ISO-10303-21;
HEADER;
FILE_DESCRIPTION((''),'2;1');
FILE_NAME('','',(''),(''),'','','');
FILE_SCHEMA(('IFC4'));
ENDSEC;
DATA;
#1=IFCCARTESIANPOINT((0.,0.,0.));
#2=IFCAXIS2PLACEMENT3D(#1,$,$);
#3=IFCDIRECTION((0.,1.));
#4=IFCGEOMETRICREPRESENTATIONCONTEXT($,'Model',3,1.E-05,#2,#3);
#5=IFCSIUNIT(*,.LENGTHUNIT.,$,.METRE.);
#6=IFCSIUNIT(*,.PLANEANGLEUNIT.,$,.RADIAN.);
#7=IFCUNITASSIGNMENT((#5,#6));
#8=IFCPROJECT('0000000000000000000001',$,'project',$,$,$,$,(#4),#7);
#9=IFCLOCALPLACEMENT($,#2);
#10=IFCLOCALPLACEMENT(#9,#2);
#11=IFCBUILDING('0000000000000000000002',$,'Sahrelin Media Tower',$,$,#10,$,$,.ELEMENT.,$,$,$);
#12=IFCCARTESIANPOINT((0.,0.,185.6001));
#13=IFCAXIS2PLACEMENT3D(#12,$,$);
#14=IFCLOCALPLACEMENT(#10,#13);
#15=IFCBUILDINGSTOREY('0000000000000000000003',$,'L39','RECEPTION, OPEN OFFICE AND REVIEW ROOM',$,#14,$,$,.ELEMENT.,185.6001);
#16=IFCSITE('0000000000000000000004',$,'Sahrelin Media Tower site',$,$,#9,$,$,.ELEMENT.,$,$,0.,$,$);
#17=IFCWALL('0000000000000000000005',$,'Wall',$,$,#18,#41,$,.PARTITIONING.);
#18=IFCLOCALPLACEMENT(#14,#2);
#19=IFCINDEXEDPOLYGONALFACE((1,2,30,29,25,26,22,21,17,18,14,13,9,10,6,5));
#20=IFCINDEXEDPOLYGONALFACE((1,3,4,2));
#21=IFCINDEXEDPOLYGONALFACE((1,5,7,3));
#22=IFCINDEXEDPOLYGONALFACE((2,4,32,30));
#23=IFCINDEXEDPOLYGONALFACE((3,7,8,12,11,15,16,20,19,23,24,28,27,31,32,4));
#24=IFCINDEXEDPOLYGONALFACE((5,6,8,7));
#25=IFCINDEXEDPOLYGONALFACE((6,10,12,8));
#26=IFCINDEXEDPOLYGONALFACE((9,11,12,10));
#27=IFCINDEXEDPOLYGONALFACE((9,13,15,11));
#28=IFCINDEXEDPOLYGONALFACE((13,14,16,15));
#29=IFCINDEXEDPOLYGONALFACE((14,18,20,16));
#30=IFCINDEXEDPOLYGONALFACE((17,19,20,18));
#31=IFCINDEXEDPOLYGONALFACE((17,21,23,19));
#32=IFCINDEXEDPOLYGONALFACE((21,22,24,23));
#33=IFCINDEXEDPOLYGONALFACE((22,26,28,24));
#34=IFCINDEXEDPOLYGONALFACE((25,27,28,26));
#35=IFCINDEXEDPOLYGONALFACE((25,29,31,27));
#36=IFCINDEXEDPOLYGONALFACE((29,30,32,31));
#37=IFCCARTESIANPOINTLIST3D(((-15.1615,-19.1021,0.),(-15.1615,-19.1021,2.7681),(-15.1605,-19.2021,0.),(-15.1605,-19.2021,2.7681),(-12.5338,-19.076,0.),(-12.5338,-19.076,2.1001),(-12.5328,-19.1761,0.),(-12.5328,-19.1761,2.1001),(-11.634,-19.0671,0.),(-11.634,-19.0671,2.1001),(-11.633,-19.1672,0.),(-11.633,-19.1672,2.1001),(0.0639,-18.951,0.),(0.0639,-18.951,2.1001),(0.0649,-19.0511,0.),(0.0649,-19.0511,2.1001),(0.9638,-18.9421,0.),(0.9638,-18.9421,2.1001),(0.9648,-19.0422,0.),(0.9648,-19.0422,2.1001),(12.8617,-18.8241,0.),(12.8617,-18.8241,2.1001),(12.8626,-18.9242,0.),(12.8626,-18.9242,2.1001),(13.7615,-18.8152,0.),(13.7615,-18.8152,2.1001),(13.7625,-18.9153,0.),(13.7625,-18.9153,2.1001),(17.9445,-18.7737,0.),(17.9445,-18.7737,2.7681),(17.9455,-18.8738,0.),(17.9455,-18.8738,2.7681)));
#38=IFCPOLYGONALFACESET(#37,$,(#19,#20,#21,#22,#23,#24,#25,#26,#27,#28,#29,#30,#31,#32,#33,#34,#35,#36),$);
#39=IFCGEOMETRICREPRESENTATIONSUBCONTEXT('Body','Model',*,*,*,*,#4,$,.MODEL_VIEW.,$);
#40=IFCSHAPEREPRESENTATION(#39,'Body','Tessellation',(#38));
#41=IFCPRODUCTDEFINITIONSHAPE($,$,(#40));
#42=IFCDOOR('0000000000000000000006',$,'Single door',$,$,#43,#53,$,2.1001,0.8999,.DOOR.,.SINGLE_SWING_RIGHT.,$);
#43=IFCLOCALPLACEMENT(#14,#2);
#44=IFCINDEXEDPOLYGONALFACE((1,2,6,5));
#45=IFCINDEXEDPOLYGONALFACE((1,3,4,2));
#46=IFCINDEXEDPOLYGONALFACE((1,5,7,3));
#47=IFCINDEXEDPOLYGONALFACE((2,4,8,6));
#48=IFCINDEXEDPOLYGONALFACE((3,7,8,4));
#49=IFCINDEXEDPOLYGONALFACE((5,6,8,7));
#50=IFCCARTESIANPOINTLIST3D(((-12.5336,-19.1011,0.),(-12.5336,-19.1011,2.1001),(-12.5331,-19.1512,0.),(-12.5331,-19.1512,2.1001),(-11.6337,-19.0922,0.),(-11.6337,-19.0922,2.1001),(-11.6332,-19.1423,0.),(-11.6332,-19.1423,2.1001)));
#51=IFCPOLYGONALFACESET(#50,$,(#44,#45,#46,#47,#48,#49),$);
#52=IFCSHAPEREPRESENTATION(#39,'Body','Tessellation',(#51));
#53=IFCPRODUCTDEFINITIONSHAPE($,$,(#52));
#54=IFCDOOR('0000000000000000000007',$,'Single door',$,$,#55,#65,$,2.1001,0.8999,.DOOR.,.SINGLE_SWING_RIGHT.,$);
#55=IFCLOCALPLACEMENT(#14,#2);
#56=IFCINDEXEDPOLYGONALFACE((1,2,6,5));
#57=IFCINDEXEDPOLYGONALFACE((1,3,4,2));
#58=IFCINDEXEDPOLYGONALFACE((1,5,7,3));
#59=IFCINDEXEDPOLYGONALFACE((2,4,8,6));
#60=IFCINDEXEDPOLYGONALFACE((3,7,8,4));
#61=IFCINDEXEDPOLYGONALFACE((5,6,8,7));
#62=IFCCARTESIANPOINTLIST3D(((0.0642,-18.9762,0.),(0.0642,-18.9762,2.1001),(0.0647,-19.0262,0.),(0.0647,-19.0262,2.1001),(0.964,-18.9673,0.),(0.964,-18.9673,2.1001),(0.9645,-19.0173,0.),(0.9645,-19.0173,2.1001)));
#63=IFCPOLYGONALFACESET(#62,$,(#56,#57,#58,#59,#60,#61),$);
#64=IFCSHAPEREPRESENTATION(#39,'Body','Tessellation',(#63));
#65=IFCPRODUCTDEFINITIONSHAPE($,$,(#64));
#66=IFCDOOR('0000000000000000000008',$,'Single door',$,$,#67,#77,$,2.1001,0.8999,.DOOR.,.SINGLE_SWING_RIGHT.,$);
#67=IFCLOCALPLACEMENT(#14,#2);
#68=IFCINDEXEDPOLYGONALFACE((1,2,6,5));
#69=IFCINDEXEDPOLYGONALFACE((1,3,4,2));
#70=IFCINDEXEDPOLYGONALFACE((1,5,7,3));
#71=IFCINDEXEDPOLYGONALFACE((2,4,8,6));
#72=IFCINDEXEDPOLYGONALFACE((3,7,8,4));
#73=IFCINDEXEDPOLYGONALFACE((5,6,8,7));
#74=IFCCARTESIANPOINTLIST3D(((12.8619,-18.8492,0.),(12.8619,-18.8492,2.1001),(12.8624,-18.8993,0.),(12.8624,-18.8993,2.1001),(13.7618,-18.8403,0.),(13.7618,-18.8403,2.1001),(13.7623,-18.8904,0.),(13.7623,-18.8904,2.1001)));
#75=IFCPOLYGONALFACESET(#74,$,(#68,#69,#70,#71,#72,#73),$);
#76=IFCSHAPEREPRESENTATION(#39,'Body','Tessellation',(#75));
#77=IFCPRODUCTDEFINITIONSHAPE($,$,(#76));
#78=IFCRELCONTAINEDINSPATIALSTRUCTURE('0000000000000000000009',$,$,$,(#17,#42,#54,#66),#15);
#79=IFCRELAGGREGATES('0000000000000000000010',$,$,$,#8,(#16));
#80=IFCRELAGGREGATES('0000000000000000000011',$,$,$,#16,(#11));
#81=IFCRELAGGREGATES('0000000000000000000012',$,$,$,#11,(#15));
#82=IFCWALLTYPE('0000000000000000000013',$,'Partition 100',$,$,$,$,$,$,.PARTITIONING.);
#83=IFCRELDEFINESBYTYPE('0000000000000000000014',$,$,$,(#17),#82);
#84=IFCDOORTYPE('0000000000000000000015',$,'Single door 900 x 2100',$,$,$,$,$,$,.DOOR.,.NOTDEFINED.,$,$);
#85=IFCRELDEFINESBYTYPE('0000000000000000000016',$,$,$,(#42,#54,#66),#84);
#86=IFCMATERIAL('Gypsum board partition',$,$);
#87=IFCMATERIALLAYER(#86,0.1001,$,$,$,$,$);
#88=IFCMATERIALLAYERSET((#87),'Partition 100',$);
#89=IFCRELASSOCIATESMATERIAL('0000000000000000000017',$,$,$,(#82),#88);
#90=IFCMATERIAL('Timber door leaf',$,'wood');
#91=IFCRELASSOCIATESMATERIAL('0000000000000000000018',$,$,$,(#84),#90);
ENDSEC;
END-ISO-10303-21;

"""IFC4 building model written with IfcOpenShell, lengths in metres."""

from ifc_helpers import new_model, si_unit, direction, frame, frame_2d, origin, place, context, subcontext, project, spatial, rectangle, extrude, material, layer, layer_set, type_object, element, fill, save


model = new_model("IFC4")

# Units and contexts
model_context = context("Model", 3, precision=1e-05, world=origin(), true_north=direction((0.0, 1.0)))
body_context = subcontext(model_context, "Body", "Model", "MODEL_VIEW")
ifc_project = project(units=[si_unit("LENGTHUNIT", "METRE"), si_unit("PLANEANGLEUNIT", "RADIAN")], contexts=[model_context])

# Site, building, storey
site_placement = place(None, origin())
site = spatial("IfcSite", under=ifc_project, at=site_placement, Name="Sahrelin Media Tower site", CompositionType="ELEMENT", RefElevation=0.0)
building_placement = place(site_placement, origin())
building = spatial("IfcBuilding", under=site, at=building_placement, Name="Sahrelin Media Tower", CompositionType="ELEMENT")
storey_placement = place(building_placement, frame((0.0, 0.0, 185.6001)))
storey = spatial("IfcBuildingStorey", under=building, at=storey_placement, Name="L39", Description="RECEPTION, OPEN OFFICE AND REVIEW ROOM", CompositionType="ELEMENT", Elevation=185.6001)

# Wall, openings, doors
ifc_material_1 = material(Name="Gypsum board partition")
ifc_layer_1 = layer(ifc_material_1, 0.1001)
ifc_layer_set_1 = layer_set([ifc_layer_1], Name="Partition 100")
wall_type_1 = type_object("IfcWallType", Name="Partition 100", PredefinedType="PARTITIONING", material=ifc_layer_set_1)
wall_1_placement = place(storey_placement, frame((-15.1609, -19.1521, 0.0), z_axis=(0.0, 0.0, 1.0), x_axis=(0.999951, 0.009918, 0.0)))
wall_1 = element("IfcWall", 1, at=wall_1_placement, inside=storey, type_object=wall_type_1, Name="Wall", PredefinedType="PARTITIONING", context=body_context, shape_type="SweptSolid", body=[
    extrude(rectangle(XDim=33.1077, YDim=0.1001, at=frame_2d((16.5537, 0.0))), origin(), (0.0, 0.0, 1.0), 2.7681),
])
opening_1_placement = place(wall_1_placement, frame((2.6277, 0.0, 0.0)))
opening_1 = element("IfcOpeningElement", 2, at=opening_1_placement, cuts=wall_1, PredefinedType="OPENING", context=body_context, shape_type="SweptSolid", body=[
    extrude(rectangle(XDim=0.8999, YDim=2.1001, at=frame_2d((0.45, 1.05))), frame((0.0, 0.05, 0.0), z_axis=(0.0, -1.0, 0.0), x_axis=(1.0, 0.0, 0.0)), (0.0, 0.0, 1.0), 0.1001),
])
opening_2_placement = place(wall_1_placement, frame((15.2261, 0.0, 0.0)))
opening_2 = element("IfcOpeningElement", 3, at=opening_2_placement, cuts=wall_1, PredefinedType="OPENING", context=body_context, shape_type="SweptSolid", body=[
    extrude(rectangle(XDim=0.8999, YDim=2.1001, at=frame_2d((0.45, 1.05))), frame((0.0, 0.05, 0.0), z_axis=(0.0, -1.0, 0.0), x_axis=(1.0, 0.0, 0.0)), (0.0, 0.0, 1.0), 0.1001),
])
opening_3_placement = place(wall_1_placement, frame((28.0244, 0.0, 0.0)))
opening_3 = element("IfcOpeningElement", 4, at=opening_3_placement, cuts=wall_1, PredefinedType="OPENING", context=body_context, shape_type="SweptSolid", body=[
    extrude(rectangle(XDim=0.8999, YDim=2.1001, at=frame_2d((0.45, 1.05))), frame((0.0, 0.05, 0.0), z_axis=(0.0, -1.0, 0.0), x_axis=(1.0, 0.0, 0.0)), (0.0, 0.0, 1.0), 0.1001),
])
ifc_material_2 = material(Name="Timber door leaf", Category="wood")
door_type_1 = type_object("IfcDoorType", Name="Single door 900 x 2100", OperationType="NOTDEFINED", PredefinedType="DOOR", material=ifc_material_2)
door_1_placement = place(opening_1_placement, origin())
door_1 = element("IfcDoor", 5, at=door_1_placement, inside=storey, type_object=door_type_1, Name="Single door", OperationType="SINGLE_SWING_RIGHT", OverallHeight=2.1001, OverallWidth=0.8999, PredefinedType="DOOR", context=body_context, shape_type="SweptSolid", body=[
    extrude(rectangle(XDim=0.8999, YDim=2.1001, at=frame_2d((0.45, 1.05))), frame((0.0, 0.0249, 0.0), z_axis=(0.0, -1.0, 0.0), x_axis=(1.0, 0.0, 0.0)), (0.0, 0.0, 1.0), 0.05),
])
fill(opening_1, door_1)
door_2_placement = place(opening_2_placement, origin())
door_2 = element("IfcDoor", 6, at=door_2_placement, inside=storey, type_object=door_type_1, Name="Single door", OperationType="SINGLE_SWING_RIGHT", OverallHeight=2.1001, OverallWidth=0.8999, PredefinedType="DOOR", context=body_context, shape_type="SweptSolid", body=[
    extrude(rectangle(XDim=0.8999, YDim=2.1001, at=frame_2d((0.45, 1.05))), frame((0.0, 0.0249, 0.0), z_axis=(0.0, -1.0, 0.0), x_axis=(1.0, 0.0, 0.0)), (0.0, 0.0, 1.0), 0.05),
])
fill(opening_2, door_2)
door_3_placement = place(opening_3_placement, origin())
door_3 = element("IfcDoor", 7, at=door_3_placement, inside=storey, type_object=door_type_1, Name="Single door", OperationType="SINGLE_SWING_RIGHT", OverallHeight=2.1001, OverallWidth=0.8999, PredefinedType="DOOR", context=body_context, shape_type="SweptSolid", body=[
    extrude(rectangle(XDim=0.8999, YDim=2.1001, at=frame_2d((0.45, 1.05))), frame((0.0, 0.0249, 0.0), z_axis=(0.0, -1.0, 0.0), x_axis=(1.0, 0.0, 0.0)), (0.0, 0.0, 1.0), 0.05),
])
fill(opening_3, door_3)

save(model, "model.ifc")
